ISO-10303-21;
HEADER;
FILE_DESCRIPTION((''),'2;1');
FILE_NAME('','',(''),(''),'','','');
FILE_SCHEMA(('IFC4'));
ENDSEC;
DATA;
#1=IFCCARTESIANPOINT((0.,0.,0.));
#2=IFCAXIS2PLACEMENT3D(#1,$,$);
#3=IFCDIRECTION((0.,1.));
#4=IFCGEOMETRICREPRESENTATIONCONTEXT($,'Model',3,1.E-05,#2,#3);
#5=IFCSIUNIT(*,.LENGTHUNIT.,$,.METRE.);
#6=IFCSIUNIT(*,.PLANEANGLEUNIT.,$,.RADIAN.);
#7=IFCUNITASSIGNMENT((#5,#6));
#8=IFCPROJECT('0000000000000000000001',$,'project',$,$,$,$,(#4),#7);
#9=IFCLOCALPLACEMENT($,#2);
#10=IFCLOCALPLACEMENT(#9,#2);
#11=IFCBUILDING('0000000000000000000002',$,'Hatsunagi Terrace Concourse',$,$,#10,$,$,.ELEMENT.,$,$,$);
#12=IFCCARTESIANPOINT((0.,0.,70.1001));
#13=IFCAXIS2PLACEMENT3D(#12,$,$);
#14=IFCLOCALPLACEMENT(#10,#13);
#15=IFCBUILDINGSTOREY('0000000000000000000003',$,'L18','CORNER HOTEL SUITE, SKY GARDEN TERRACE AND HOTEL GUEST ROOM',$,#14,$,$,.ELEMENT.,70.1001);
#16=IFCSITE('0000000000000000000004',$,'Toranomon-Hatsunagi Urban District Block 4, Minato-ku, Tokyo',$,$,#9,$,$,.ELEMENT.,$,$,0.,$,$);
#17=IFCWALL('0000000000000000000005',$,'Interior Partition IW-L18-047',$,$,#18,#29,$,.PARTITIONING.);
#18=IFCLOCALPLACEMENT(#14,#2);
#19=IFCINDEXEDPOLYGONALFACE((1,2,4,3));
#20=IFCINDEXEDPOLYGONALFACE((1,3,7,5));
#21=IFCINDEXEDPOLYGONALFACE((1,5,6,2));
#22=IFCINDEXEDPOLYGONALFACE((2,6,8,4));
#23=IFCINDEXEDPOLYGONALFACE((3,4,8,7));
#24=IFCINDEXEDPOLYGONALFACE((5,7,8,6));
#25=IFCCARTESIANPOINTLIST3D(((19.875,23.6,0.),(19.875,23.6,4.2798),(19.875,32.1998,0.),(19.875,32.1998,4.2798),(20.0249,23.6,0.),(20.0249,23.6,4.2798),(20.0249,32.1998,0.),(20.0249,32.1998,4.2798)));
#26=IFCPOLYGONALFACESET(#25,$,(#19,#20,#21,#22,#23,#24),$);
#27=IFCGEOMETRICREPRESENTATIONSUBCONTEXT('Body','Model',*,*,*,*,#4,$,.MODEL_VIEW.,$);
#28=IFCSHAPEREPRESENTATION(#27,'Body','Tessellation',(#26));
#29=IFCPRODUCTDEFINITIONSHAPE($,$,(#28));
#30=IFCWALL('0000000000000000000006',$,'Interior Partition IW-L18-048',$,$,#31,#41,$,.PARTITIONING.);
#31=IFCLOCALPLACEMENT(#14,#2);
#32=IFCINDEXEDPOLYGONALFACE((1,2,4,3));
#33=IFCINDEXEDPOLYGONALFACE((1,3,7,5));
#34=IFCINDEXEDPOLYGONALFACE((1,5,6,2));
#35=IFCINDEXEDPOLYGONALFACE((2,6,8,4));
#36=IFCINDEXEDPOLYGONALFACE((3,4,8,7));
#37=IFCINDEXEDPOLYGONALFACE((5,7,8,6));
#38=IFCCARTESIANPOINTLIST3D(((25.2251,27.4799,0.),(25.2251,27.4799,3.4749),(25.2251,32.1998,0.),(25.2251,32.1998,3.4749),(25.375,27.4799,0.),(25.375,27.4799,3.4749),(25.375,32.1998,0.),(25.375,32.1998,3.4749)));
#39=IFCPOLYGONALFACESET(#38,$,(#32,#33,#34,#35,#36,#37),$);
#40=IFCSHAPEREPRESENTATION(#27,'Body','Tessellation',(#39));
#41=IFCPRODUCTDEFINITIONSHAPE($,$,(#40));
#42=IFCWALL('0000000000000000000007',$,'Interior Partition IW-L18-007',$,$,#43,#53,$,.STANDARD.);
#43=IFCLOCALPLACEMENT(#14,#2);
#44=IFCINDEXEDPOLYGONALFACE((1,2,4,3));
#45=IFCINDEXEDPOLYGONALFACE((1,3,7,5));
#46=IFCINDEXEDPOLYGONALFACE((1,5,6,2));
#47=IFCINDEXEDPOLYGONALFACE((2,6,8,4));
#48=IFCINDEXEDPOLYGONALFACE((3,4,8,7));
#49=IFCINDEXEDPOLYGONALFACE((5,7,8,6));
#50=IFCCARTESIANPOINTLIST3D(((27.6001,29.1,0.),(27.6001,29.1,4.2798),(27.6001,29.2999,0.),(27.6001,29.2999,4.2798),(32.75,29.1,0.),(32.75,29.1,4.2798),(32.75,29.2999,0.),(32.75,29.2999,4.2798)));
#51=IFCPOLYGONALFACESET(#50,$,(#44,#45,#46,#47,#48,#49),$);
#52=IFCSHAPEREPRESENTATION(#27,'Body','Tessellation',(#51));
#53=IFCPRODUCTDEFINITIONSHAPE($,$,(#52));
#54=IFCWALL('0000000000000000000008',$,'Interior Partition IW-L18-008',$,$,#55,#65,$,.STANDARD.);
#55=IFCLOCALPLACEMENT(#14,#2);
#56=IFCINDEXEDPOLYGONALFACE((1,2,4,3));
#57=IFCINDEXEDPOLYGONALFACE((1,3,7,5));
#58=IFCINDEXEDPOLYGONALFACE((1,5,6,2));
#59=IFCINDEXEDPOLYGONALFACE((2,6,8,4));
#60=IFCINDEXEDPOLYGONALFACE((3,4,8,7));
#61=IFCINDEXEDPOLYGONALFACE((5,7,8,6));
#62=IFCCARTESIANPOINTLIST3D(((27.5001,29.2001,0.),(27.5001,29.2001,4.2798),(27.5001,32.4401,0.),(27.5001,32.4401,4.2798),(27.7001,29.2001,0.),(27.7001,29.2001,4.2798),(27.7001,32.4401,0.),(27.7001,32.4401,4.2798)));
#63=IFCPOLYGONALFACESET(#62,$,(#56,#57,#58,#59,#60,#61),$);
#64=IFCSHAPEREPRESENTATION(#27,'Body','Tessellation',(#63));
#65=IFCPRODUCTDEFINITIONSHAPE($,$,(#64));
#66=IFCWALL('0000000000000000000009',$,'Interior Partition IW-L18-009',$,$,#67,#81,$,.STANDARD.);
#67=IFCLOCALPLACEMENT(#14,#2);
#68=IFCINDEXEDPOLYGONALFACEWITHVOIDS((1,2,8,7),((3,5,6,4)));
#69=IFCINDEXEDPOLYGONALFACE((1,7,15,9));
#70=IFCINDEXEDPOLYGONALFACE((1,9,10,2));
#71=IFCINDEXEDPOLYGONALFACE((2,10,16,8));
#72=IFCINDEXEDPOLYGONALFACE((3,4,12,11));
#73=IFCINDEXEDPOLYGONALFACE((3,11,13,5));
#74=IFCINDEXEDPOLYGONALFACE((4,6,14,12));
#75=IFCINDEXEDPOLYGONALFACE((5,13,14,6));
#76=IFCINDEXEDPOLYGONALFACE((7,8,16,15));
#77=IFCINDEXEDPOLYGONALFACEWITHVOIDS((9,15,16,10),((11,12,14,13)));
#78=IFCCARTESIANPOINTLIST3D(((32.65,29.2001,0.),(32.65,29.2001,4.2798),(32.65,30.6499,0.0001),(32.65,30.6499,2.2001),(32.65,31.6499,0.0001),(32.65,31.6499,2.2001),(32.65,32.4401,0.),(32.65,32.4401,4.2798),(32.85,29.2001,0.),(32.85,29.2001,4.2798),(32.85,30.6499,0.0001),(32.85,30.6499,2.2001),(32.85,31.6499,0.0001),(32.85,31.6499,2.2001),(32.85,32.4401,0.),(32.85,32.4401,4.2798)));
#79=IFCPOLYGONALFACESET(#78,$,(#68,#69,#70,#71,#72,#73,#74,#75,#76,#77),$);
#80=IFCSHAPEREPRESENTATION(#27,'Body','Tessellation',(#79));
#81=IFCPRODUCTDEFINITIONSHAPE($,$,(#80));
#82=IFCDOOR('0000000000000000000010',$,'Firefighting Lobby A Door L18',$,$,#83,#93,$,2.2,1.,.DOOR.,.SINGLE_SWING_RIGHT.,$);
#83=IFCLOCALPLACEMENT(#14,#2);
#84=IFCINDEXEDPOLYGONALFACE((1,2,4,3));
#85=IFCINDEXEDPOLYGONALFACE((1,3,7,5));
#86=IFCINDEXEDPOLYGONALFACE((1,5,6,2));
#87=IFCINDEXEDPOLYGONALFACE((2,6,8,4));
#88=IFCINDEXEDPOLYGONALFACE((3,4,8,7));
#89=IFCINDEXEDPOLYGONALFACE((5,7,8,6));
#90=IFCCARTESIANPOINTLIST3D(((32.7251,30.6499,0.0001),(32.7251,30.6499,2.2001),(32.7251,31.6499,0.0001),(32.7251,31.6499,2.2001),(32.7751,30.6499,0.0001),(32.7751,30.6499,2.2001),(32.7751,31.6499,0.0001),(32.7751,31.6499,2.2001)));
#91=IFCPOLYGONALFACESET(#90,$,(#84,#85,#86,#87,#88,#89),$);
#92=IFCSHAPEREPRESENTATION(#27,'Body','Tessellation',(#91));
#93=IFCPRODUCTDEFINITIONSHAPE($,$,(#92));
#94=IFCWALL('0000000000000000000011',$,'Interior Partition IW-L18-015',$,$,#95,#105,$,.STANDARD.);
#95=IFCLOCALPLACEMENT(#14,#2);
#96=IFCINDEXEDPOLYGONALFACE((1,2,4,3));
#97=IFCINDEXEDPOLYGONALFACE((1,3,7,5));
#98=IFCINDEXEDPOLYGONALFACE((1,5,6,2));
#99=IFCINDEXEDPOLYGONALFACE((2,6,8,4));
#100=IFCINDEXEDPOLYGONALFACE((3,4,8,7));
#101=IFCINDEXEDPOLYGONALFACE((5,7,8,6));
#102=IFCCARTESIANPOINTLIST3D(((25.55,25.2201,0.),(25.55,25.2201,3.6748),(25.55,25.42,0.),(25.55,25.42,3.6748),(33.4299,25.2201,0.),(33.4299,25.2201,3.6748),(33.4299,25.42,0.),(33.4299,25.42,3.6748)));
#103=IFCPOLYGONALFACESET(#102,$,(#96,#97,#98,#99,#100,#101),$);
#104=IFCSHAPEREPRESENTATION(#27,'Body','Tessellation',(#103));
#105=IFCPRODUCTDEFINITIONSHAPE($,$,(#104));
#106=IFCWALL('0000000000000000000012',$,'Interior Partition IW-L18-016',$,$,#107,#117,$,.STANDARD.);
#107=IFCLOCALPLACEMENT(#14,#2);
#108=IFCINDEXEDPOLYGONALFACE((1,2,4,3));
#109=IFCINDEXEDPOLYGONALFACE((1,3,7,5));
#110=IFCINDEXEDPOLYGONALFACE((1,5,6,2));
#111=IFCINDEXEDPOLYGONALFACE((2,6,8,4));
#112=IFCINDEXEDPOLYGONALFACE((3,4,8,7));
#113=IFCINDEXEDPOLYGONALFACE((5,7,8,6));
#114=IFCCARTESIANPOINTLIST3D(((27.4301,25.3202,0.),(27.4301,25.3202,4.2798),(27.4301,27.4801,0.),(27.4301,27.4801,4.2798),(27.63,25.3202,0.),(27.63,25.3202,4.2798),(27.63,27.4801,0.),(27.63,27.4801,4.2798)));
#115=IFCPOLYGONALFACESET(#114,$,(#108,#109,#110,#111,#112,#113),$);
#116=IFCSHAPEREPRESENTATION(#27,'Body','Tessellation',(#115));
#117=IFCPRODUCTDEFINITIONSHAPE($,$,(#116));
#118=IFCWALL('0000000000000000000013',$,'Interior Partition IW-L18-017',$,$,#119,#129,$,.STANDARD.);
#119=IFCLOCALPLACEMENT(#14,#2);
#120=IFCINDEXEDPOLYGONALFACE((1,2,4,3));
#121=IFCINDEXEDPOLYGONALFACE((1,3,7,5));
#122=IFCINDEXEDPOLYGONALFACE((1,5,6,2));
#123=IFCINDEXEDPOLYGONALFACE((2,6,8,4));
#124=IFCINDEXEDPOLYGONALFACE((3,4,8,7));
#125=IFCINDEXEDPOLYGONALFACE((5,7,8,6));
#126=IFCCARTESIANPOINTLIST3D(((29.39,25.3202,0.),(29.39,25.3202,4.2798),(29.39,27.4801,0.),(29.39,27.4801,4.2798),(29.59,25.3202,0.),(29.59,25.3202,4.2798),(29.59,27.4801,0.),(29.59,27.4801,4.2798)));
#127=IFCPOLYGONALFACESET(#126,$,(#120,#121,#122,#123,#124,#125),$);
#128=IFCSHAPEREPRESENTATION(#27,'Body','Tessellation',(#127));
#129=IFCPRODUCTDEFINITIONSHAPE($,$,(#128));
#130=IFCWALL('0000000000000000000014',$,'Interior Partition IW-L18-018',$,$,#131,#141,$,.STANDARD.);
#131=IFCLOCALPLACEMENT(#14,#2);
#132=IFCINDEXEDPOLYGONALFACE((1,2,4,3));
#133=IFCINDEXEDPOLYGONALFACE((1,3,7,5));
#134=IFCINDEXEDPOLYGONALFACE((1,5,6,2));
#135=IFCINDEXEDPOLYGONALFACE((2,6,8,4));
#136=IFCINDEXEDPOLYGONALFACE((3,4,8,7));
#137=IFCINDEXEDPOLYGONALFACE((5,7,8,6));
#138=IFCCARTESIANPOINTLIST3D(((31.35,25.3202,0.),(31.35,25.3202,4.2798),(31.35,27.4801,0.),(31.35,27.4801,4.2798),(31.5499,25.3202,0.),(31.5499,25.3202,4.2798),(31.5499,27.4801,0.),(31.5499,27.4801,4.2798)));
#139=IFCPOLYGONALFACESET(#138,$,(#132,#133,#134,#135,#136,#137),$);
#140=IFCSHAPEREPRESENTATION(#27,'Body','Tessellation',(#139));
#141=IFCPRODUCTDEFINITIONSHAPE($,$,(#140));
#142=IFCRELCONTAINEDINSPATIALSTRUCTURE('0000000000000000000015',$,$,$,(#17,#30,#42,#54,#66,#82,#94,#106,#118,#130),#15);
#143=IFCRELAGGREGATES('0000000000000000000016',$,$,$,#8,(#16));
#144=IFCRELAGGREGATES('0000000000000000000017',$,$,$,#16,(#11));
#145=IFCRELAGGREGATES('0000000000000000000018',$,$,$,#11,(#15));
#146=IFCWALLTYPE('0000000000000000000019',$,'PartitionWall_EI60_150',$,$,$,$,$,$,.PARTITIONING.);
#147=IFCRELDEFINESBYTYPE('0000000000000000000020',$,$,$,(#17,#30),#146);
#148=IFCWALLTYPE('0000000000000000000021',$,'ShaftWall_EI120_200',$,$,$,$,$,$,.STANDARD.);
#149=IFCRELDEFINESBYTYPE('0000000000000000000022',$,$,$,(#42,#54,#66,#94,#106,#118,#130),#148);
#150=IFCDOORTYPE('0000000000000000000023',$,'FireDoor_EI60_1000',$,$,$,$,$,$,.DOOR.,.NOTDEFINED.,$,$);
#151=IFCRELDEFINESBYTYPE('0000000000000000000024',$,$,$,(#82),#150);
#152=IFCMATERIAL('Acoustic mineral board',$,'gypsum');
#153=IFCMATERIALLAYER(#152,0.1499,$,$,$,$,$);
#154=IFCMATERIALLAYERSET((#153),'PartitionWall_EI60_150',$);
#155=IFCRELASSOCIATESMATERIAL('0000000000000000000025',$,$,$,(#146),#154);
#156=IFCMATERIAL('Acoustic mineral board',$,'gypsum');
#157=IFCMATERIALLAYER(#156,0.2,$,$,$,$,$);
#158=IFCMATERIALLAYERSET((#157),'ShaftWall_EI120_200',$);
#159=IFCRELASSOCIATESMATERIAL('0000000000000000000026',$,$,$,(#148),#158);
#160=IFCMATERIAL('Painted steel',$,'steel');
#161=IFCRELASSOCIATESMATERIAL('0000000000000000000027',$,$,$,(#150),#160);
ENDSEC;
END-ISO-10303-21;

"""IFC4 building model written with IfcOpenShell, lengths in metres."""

from ifc_helpers import new_model, si_unit, direction, frame, frame_2d, origin, place, context, subcontext, project, spatial, rectangle, extrude, material, layer, layer_set, type_object, element, fill, save


model = new_model("IFC4")

# Units and contexts
model_context = context("Model", 3, precision=1e-05, world=origin(), true_north=direction((0.0, 1.0)))
body_context = subcontext(model_context, "Body", "Model", "MODEL_VIEW")
ifc_project = project(units=[si_unit("LENGTHUNIT", "METRE"), si_unit("PLANEANGLEUNIT", "RADIAN")], contexts=[model_context])

# Site, building, storey
site_placement = place(None, origin())
site = spatial("IfcSite", under=ifc_project, at=site_placement, Name="Toranomon-Hatsunagi Urban District Block 4, Minato-ku, Tokyo", CompositionType="ELEMENT", RefElevation=0.0)
building_placement = place(site_placement, origin())
building = spatial("IfcBuilding", under=site, at=building_placement, Name="Hatsunagi Terrace Concourse", CompositionType="ELEMENT")
storey_placement = place(building_placement, frame((0.0, 0.0, 70.1001)))
storey = spatial("IfcBuildingStorey", under=building, at=storey_placement, Name="L18", Description="CORNER HOTEL SUITE, SKY GARDEN TERRACE AND HOTEL GUEST ROOM", CompositionType="ELEMENT", Elevation=70.1001)

# Walls
ifc_material_1 = material(Name="Acoustic mineral board", Category="gypsum")
ifc_layer_1 = layer(ifc_material_1, 0.1499)
ifc_layer_set_1 = layer_set([ifc_layer_1], Name="PartitionWall_EI60_150")
wall_type_1 = type_object("IfcWallType", Name="PartitionWall_EI60_150", PredefinedType="PARTITIONING", material=ifc_layer_set_1)
wall_1_placement = place(storey_placement, frame((19.95, 23.6001, 0.0), z_axis=(0.0, 0.0, 1.0), x_axis=(0.0, 1.0, 0.0)))
element("IfcWall", 1, at=wall_1_placement, inside=storey, type_object=wall_type_1, Name="Interior Partition IW-L18-047", PredefinedType="PARTITIONING", context=body_context, shape_type="SweptSolid", body=[
    extrude(rectangle(XDim=8.5999, YDim=0.1499, at=frame_2d((4.2998, 0.0))), origin(), (0.0, 0.0, 1.0), 4.2798),
])
wall_2_placement = place(storey_placement, frame((25.3, 27.48, 0.0), z_axis=(0.0, 0.0, 1.0), x_axis=(0.0, 1.0, 0.0)))
element("IfcWall", 2, at=wall_2_placement, inside=storey, type_object=wall_type_1, Name="Interior Partition IW-L18-048", PredefinedType="PARTITIONING", context=body_context, shape_type="SweptSolid", body=[
    extrude(rectangle(XDim=4.72, YDim=0.1499, at=frame_2d((2.3599, 0.0))), origin(), (0.0, 0.0, 1.0), 3.4749),
])
ifc_material_2 = material(Name="Acoustic mineral board", Category="gypsum")
ifc_layer_2 = layer(ifc_material_2, 0.2)
ifc_layer_set_2 = layer_set([ifc_layer_2], Name="ShaftWall_EI120_200")
wall_type_2 = type_object("IfcWallType", Name="ShaftWall_EI120_200", PredefinedType="STANDARD", material=ifc_layer_set_2)
wall_3_placement = place(storey_placement, frame((27.6001, 29.2, 0.0), z_axis=(0.0, 0.0, 1.0), x_axis=(1.0, 0.0, 0.0)))
element("IfcWall", 3, at=wall_3_placement, inside=storey, type_object=wall_type_2, Name="Interior Partition IW-L18-007", PredefinedType="STANDARD", context=body_context, shape_type="SweptSolid", body=[
    extrude(rectangle(XDim=5.1499, YDim=0.2, at=frame_2d((2.575, 0.0))), origin(), (0.0, 0.0, 1.0), 4.2798),
])
wall_4_placement = place(storey_placement, frame((27.6001, 29.2, 0.0), z_axis=(0.0, 0.0, 1.0), x_axis=(0.0, 1.0, 0.0)))
element("IfcWall", 4, at=wall_4_placement, inside=storey, type_object=wall_type_2, Name="Interior Partition IW-L18-008", PredefinedType="STANDARD", context=body_context, shape_type="SweptSolid", body=[
    extrude(rectangle(XDim=3.24, YDim=0.2, at=frame_2d((1.6201, 0.0))), origin(), (0.0, 0.0, 1.0), 4.2798),
])

# Wall, opening, door
wall_5_placement = place(storey_placement, frame((32.75, 29.2, 0.0), z_axis=(0.0, 0.0, 1.0), x_axis=(0.0, 1.0, 0.0)))
wall_5 = element("IfcWall", 5, at=wall_5_placement, inside=storey, type_object=wall_type_2, Name="Interior Partition IW-L18-009", PredefinedType="STANDARD", context=body_context, shape_type="SweptSolid", body=[
    extrude(rectangle(XDim=3.24, YDim=0.2, at=frame_2d((1.6201, 0.0))), origin(), (0.0, 0.0, 1.0), 4.2798),
])
opening_1_placement = place(wall_5_placement, frame((1.45, 0.0, 0.0)))
opening_1 = element("IfcOpeningElement", 6, at=opening_1_placement, cuts=wall_5, PredefinedType="OPENING", context=body_context, shape_type="SweptSolid", body=[
    extrude(rectangle(XDim=1.0, YDim=2.2, at=frame_2d((0.5, 1.1001))), frame((0.0, 0.1099, 0.0), z_axis=(0.0, -1.0, 0.0), x_axis=(1.0, 0.0, 0.0)), (0.0, 0.0, 1.0), 0.22),
])
ifc_material_3 = material(Name="Painted steel", Category="steel")
door_type_1 = type_object("IfcDoorType", Name="FireDoor_EI60_1000", OperationType="NOTDEFINED", PredefinedType="DOOR", material=ifc_material_3)
door_1_placement = place(opening_1_placement, origin())
door_1 = element("IfcDoor", 7, at=door_1_placement, inside=storey, type_object=door_type_1, Name="Firefighting Lobby A Door L18", OperationType="SINGLE_SWING_RIGHT", OverallHeight=2.2, OverallWidth=1.0, PredefinedType="DOOR", context=body_context, shape_type="SweptSolid", body=[
    extrude(rectangle(XDim=1.0, YDim=2.2, at=frame_2d((0.5, 1.1001))), frame((0.0, 0.0249, 0.0), z_axis=(0.0, -1.0, 0.0), x_axis=(1.0, 0.0, 0.0)), (0.0, 0.0, 1.0), 0.05),
])
fill(opening_1, door_1)

# Walls
wall_6_placement = place(storey_placement, frame((25.55, 25.3201, 0.0), z_axis=(0.0, 0.0, 1.0), x_axis=(1.0, 0.0, 0.0)))
element("IfcWall", 8, at=wall_6_placement, inside=storey, type_object=wall_type_2, Name="Interior Partition IW-L18-015", PredefinedType="STANDARD", context=body_context, shape_type="SweptSolid", body=[
    extrude(rectangle(XDim=7.8799, YDim=0.2, at=frame_2d((3.9399, 0.0))), origin(), (0.0, 0.0, 1.0), 3.6748),
])
for number, where, z_axis, x_axis, name in (
    (9, (27.53, 25.3201, 0.0), (0.0, 0.0, 1.0), (0.0, 1.0, 0.0), "Interior Partition IW-L18-016"),
    (10, (29.49, 25.3201, 0.0), (0.0, 0.0, 1.0), (0.0, 1.0, 0.0), "Interior Partition IW-L18-017"),
    (11, (31.45, 25.3201, 0.0), (0.0, 0.0, 1.0), (0.0, 1.0, 0.0), "Interior Partition IW-L18-018"),
):
    element("IfcWall", number, at=place(storey_placement, frame(where, z_axis=z_axis, x_axis=x_axis)), inside=storey, type_object=wall_type_2, Name=name, PredefinedType="STANDARD", context=body_context, shape_type="SweptSolid", body=[
        extrude(rectangle(XDim=2.1599, YDim=0.2, at=frame_2d((1.0801, 0.0))), origin(), (0.0, 0.0, 1.0), 4.2798),
    ])

save(model, "model.ifc")
